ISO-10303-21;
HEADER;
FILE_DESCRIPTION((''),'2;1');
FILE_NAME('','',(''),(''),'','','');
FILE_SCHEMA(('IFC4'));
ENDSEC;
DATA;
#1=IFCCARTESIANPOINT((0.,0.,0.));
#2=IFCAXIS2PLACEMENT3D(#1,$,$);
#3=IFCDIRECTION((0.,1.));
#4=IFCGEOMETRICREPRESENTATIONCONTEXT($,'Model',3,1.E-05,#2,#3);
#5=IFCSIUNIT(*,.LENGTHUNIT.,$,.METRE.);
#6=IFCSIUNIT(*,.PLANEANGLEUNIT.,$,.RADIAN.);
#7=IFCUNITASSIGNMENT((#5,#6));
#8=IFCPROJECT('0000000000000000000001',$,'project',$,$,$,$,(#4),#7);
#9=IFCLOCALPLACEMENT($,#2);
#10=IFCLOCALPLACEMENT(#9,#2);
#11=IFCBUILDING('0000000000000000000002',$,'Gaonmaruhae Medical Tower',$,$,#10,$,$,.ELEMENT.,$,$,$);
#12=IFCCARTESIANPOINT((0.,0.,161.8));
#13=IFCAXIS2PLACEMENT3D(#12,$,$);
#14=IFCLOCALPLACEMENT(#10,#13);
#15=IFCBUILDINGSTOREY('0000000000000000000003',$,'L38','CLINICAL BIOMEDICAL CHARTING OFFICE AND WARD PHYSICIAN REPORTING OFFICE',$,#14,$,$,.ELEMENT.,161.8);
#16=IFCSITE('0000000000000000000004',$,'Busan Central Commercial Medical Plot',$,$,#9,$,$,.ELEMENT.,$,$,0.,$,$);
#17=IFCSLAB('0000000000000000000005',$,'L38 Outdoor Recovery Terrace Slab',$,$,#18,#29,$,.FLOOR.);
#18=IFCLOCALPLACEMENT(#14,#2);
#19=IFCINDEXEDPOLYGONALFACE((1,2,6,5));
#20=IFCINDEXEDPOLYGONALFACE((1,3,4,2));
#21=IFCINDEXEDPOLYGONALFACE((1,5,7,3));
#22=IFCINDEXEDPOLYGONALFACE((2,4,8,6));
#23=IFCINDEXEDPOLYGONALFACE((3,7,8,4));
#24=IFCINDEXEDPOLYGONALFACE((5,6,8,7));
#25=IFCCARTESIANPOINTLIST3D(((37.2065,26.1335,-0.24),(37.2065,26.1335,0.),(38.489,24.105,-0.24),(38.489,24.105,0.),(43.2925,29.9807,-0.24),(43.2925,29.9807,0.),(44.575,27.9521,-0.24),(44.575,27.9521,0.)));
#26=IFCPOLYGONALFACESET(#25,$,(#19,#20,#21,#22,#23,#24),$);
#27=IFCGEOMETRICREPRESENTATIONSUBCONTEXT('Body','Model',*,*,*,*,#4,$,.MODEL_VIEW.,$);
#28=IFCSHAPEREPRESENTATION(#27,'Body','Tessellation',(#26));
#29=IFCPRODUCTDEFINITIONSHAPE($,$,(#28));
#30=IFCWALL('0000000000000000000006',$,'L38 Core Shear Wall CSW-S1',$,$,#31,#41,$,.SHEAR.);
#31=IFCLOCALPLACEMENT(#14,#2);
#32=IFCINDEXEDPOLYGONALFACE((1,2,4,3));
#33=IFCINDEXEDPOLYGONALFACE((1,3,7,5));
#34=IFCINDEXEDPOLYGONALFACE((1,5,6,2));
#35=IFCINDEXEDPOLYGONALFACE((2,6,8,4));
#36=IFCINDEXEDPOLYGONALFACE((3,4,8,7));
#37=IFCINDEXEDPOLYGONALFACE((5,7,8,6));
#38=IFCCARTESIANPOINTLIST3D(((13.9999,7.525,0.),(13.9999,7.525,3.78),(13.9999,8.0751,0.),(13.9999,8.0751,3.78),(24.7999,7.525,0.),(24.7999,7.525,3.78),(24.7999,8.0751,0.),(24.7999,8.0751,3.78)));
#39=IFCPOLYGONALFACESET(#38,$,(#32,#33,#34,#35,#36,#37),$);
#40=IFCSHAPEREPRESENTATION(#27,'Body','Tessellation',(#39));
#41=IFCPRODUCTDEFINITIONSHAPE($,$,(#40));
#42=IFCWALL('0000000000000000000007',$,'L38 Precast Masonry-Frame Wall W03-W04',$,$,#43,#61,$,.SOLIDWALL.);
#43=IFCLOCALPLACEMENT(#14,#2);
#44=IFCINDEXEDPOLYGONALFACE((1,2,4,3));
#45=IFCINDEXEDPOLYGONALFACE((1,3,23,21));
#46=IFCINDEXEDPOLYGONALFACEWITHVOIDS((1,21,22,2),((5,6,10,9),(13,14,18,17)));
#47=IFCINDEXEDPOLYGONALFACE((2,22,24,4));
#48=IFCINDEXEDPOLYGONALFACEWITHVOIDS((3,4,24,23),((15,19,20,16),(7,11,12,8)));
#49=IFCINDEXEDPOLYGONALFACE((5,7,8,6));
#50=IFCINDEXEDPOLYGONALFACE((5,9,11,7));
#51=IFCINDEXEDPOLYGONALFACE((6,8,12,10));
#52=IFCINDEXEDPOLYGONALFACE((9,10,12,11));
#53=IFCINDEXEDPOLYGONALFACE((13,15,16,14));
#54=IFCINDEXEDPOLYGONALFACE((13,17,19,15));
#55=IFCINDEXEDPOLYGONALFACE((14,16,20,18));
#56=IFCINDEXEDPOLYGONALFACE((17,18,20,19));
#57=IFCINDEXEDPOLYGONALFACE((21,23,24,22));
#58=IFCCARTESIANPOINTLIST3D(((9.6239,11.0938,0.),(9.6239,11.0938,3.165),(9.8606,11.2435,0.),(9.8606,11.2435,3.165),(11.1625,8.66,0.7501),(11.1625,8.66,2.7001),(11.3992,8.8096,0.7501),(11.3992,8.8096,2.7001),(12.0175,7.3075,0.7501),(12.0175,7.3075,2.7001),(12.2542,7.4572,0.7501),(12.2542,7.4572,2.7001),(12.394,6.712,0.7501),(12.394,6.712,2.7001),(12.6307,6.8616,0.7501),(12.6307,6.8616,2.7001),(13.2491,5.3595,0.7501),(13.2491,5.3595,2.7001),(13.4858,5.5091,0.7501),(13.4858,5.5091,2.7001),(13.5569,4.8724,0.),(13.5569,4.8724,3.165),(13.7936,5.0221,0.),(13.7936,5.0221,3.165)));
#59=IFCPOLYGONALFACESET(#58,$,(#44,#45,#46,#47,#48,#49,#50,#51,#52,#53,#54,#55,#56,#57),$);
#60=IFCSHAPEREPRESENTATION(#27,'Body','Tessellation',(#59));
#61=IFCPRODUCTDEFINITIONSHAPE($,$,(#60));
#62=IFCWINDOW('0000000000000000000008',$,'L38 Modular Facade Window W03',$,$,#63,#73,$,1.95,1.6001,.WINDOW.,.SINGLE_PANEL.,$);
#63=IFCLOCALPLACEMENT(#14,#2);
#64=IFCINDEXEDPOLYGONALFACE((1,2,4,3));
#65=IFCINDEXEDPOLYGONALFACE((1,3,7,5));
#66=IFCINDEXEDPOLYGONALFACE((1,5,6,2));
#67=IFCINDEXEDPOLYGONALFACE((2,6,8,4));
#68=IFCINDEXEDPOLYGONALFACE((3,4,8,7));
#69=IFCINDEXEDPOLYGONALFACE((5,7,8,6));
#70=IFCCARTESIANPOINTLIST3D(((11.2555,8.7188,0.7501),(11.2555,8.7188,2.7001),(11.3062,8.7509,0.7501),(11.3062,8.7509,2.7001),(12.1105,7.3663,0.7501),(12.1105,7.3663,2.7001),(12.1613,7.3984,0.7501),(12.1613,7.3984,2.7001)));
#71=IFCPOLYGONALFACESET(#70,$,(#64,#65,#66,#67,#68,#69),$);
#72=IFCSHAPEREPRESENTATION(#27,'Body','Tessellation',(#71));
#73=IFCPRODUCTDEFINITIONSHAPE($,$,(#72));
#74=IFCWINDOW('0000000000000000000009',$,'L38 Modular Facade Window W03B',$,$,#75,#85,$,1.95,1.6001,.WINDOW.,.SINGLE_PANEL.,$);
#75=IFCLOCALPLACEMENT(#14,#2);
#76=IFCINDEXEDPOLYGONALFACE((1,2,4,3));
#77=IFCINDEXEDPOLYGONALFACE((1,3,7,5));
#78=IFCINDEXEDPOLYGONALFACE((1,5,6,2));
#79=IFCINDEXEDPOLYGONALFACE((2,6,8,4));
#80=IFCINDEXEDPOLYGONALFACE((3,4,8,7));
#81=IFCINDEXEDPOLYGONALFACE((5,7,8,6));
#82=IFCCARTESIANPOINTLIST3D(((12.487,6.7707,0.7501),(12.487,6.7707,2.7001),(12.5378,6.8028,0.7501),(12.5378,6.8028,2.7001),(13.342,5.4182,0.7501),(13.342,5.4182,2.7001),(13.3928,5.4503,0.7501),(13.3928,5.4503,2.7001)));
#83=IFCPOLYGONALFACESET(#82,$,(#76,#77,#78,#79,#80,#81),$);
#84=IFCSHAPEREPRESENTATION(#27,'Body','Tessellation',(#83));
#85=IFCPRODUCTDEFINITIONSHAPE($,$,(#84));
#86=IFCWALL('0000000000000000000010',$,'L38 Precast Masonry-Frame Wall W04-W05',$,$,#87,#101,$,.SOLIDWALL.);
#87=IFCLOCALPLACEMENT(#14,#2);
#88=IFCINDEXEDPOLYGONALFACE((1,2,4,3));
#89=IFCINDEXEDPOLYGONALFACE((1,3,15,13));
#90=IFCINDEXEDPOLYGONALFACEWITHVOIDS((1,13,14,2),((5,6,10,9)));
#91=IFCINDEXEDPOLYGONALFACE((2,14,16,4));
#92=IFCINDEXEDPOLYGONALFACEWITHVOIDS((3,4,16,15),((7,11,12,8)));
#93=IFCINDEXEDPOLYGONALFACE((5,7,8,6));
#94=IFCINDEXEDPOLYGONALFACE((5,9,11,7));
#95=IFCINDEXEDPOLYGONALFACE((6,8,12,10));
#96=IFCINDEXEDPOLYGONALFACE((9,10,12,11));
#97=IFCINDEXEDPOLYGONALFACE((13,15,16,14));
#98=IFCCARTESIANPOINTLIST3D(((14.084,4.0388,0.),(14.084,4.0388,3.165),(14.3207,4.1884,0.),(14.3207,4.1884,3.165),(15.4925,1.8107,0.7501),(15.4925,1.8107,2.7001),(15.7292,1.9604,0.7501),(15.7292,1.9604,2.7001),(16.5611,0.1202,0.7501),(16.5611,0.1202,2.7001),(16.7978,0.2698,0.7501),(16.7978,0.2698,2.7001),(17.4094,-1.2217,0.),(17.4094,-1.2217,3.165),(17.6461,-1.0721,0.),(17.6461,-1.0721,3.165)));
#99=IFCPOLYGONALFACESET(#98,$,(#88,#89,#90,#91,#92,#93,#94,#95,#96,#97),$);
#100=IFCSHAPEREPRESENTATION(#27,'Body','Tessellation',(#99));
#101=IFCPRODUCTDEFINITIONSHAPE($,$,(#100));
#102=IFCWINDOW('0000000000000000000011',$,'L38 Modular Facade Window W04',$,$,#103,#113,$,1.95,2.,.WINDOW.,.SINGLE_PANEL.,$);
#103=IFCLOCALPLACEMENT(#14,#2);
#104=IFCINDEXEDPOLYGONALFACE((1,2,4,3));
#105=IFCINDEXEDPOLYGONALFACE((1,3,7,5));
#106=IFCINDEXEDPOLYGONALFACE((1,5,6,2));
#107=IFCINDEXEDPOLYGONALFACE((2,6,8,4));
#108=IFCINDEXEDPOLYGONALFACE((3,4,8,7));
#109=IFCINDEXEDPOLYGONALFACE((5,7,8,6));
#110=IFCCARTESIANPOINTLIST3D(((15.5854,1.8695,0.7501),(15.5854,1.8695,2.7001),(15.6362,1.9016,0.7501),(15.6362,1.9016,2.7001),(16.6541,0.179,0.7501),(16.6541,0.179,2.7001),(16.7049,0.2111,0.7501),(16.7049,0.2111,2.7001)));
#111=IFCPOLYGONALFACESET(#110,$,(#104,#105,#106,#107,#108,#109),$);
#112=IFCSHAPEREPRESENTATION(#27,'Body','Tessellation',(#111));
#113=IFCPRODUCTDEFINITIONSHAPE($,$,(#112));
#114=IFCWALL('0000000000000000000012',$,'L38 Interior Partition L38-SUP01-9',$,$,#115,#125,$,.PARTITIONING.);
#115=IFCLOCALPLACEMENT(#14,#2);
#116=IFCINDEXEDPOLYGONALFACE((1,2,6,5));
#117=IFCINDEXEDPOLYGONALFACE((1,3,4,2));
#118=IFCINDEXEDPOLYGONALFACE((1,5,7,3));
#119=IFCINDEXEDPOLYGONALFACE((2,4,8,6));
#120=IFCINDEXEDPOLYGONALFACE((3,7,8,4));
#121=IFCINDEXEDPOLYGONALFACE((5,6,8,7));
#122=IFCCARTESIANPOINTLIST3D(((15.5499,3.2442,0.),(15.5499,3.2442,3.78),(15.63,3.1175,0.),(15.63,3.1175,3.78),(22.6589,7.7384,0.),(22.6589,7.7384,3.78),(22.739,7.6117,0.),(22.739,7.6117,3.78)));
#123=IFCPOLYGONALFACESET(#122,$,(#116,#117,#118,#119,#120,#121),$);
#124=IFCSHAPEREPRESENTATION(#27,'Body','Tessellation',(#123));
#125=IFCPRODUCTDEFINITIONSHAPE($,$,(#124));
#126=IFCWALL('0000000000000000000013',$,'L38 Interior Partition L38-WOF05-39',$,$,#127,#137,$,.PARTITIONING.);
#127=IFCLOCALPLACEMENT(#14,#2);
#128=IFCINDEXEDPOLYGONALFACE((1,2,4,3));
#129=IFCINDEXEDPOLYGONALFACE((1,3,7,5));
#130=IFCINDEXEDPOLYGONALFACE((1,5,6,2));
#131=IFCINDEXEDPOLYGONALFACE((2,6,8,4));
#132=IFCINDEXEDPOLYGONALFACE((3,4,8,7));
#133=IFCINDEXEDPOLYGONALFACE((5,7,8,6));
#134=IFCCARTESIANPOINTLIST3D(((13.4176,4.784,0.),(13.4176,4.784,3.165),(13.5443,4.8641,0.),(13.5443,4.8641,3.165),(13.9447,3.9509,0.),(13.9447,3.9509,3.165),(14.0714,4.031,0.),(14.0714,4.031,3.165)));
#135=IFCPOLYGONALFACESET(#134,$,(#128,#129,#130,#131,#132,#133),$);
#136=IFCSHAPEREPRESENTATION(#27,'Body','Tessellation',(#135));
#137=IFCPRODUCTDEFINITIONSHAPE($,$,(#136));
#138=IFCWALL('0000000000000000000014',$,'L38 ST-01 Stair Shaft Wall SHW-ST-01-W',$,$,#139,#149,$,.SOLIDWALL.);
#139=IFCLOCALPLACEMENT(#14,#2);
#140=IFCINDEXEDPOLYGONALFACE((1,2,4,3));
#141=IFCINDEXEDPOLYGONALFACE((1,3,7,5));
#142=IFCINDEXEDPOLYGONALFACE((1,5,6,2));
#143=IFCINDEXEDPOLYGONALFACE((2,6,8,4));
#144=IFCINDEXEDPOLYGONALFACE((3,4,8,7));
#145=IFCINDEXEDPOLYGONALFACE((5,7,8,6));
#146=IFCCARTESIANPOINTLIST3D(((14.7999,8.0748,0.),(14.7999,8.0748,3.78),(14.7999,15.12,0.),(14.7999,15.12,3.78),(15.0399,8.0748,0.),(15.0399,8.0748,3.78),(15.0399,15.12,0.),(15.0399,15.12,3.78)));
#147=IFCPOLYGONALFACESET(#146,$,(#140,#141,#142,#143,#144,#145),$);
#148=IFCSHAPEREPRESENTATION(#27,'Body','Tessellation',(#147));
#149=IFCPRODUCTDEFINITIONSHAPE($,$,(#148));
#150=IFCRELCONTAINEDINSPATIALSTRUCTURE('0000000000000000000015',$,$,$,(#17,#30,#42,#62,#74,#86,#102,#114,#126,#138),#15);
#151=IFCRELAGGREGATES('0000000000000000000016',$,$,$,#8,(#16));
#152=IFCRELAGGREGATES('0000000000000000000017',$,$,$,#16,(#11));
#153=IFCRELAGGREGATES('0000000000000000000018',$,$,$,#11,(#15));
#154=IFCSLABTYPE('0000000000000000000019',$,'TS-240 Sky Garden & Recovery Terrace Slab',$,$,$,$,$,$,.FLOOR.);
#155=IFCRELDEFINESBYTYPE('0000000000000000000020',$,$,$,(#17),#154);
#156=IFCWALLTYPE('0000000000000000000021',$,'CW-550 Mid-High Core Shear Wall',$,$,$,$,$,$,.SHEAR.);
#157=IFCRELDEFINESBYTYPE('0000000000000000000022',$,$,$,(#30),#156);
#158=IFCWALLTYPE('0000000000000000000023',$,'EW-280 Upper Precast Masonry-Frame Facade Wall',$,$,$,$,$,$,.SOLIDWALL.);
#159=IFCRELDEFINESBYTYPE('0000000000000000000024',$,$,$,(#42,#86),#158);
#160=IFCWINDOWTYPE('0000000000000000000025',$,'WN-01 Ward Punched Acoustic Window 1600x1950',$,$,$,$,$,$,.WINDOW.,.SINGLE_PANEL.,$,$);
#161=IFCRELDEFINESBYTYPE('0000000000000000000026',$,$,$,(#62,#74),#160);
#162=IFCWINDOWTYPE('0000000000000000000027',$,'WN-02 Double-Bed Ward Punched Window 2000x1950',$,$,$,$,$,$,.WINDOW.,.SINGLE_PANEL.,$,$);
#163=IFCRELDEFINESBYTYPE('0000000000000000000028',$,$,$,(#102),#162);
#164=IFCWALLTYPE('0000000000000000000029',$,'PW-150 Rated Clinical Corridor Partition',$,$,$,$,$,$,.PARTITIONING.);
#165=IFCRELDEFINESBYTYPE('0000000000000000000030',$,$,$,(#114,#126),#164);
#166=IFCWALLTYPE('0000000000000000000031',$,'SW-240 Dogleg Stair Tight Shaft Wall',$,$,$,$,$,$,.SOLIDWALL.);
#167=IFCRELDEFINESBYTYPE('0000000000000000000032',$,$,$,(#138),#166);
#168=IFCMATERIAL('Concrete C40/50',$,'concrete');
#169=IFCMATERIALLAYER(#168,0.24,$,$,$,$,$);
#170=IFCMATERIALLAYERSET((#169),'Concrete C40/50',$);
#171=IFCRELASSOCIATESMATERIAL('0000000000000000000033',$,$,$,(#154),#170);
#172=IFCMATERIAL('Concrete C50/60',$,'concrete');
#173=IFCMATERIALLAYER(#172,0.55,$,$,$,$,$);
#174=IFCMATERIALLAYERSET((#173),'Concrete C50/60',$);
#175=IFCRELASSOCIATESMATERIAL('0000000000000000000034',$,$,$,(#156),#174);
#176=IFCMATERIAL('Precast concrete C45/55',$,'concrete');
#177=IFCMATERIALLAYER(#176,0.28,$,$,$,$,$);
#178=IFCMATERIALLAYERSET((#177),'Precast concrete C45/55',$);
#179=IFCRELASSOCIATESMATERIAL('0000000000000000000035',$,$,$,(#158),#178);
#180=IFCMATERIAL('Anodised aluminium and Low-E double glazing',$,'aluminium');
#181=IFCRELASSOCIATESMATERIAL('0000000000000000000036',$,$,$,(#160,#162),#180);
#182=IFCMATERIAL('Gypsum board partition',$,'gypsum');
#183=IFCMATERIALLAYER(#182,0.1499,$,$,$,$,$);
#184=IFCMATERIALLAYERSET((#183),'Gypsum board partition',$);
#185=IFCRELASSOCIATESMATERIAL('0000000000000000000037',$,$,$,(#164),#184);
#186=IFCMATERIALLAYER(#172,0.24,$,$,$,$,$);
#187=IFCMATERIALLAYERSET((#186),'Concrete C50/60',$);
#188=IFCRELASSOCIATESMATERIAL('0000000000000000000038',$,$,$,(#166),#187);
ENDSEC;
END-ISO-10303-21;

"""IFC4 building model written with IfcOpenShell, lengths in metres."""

from ifc_helpers import new_model, si_unit, direction, frame, frame_2d, origin, place, context, subcontext, project, spatial, polyline, rectangle, outline, extrude, material, layer, layer_set, type_object, element, fill, save


model = new_model("IFC4")

# Units and contexts
model_context = context("Model", 3, precision=1e-05, world=origin(), true_north=direction((0.0, 1.0)))
body_context = subcontext(model_context, "Body", "Model", "MODEL_VIEW")
ifc_project = project(units=[si_unit("LENGTHUNIT", "METRE"), si_unit("PLANEANGLEUNIT", "RADIAN")], contexts=[model_context])

# Site, building, storey
site_placement = place(None, origin())
site = spatial("IfcSite", under=ifc_project, at=site_placement, Name="Busan Central Commercial Medical Plot", CompositionType="ELEMENT", RefElevation=0.0)
building_placement = place(site_placement, origin())
building = spatial("IfcBuilding", under=site, at=building_placement, Name="Gaonmaruhae Medical Tower", CompositionType="ELEMENT")
storey_placement = place(building_placement, frame((0.0, 0.0, 161.8)))
storey = spatial("IfcBuildingStorey", under=building, at=storey_placement, Name="L38", Description="CLINICAL BIOMEDICAL CHARTING OFFICE AND WARD PHYSICIAN REPORTING OFFICE", CompositionType="ELEMENT", Elevation=161.8)

# Shared definitions
ifc_material_1 = material(Name="Concrete C50/60", Category="concrete")

# Shared definitions
ifc_material_2 = material(Name="Concrete C40/50", Category="concrete")

# Slab
ifc_layer_1 = layer(ifc_material_2, 0.24)
ifc_layer_set_1 = layer_set([ifc_layer_1], Name="Concrete C40/50")
slab_type_1 = type_object("IfcSlabType", Name="TS-240 Sky Garden & Recovery Terrace Slab", PredefinedType="FLOOR", material=ifc_layer_set_1)
slab_1_placement = place(storey_placement, frame((0.0, 0.0, -0.24)))
element("IfcSlab", 1, at=slab_1_placement, inside=storey, type_object=slab_type_1, Name="L38 Outdoor Recovery Terrace Slab", PredefinedType="FLOOR", context=body_context, shape_type="SweptSolid", body=[
    extrude(outline(polyline([(38.489, 24.105), (44.575, 27.9521), (43.2925, 29.9807), (37.2065, 26.1335), (38.489, 24.105)])), origin(), (0.0, 0.0, 1.0), 0.24),
])

# Wall
ifc_layer_2 = layer(ifc_material_1, 0.55)
ifc_layer_set_2 = layer_set([ifc_layer_2], Name="Concrete C50/60")
wall_type_1 = type_object("IfcWallType", Name="CW-550 Mid-High Core Shear Wall", PredefinedType="SHEAR", material=ifc_layer_set_2)
wall_1_placement = place(storey_placement, frame((14.0, 7.8, 0.0), z_axis=(0.0, 0.0, 1.0), x_axis=(1.0, 0.0, 0.0)))
element("IfcWall", 2, at=wall_1_placement, inside=storey, type_object=wall_type_1, Name="L38 Core Shear Wall CSW-S1", PredefinedType="SHEAR", context=body_context, shape_type="SweptSolid", body=[
    extrude(rectangle(XDim=10.8, YDim=0.55, at=frame_2d((5.3999, 0.0))), origin(), (0.0, 0.0, 1.0), 3.78),
])

# Wall, openings, windows
ifc_material_3 = material(Name="Precast concrete C45/55", Category="concrete")
ifc_layer_3 = layer(ifc_material_3, 0.28)
ifc_layer_set_3 = layer_set([ifc_layer_3], Name="Precast concrete C45/55")
wall_type_2 = type_object("IfcWallType", Name="EW-280 Upper Precast Masonry-Frame Facade Wall", PredefinedType="SOLIDWALL", material=ifc_layer_set_3)
wall_2_placement = place(storey_placement, frame((13.6753, 4.9473, 0.0), z_axis=(0.0, 0.0, 1.0), x_axis=(-0.53436, 0.845257, 0.0)))
wall_2 = element("IfcWall", 3, at=wall_2_placement, inside=storey, type_object=wall_type_2, Name="L38 Precast Masonry-Frame Wall W03-W04", PredefinedType="SOLIDWALL", context=body_context, shape_type="SweptSolid", body=[
    extrude(rectangle(XDim=7.3604, YDim=0.28, at=frame_2d((3.6802, 0.0))), origin(), (0.0, 0.0, 1.0), 3.165),
])
opening_1_placement = place(wall_2_placement, frame((2.8809, 0.0, 0.75)))
opening_1 = element("IfcOpeningElement", 4, at=opening_1_placement, cuts=wall_2, PredefinedType="OPENING", context=body_context, shape_type="SweptSolid", body=[
    extrude(rectangle(XDim=1.6001, YDim=1.95, at=frame_2d((0.8, 0.9751))), frame((0.0, 0.1499, 0.0), z_axis=(0.0, -1.0, 0.0), x_axis=(1.0, 0.0, 0.0)), (0.0, 0.0, 1.0), 0.3),
])
opening_2_placement = place(wall_2_placement, frame((0.5762, 0.0, 0.75)))
opening_2 = element("IfcOpeningElement", 5, at=opening_2_placement, cuts=wall_2, PredefinedType="OPENING", context=body_context, shape_type="SweptSolid", body=[
    extrude(rectangle(XDim=1.6001, YDim=1.95, at=frame_2d((0.8, 0.9751))), frame((0.0, 0.1499, 0.0), z_axis=(0.0, -1.0, 0.0), x_axis=(1.0, 0.0, 0.0)), (0.0, 0.0, 1.0), 0.3),
])
ifc_material_4 = material(Name="Anodised aluminium and Low-E double glazing", Category="aluminium")
window_type_1 = type_object("IfcWindowType", Name="WN-01 Ward Punched Acoustic Window 1600x1950", PartitioningType="SINGLE_PANEL", PredefinedType="WINDOW", material=ifc_material_4)
window_1_placement = place(opening_1_placement, origin())
window_1 = element("IfcWindow", 6, at=window_1_placement, inside=storey, type_object=window_type_1, Name="L38 Modular Facade Window W03", OverallHeight=1.95, OverallWidth=1.6001, PartitioningType="SINGLE_PANEL", PredefinedType="WINDOW", context=body_context, shape_type="SweptSolid", body=[
    extrude(rectangle(XDim=1.6001, YDim=1.95, at=frame_2d((0.8, 0.9751))), frame((0.0, 0.03, 0.0), z_axis=(0.0, -1.0, 0.0), x_axis=(1.0, 0.0, 0.0)), (0.0, 0.0, 1.0), 0.0601),
])
fill(opening_1, window_1)
window_2_placement = place(opening_2_placement, origin())
window_2 = element("IfcWindow", 7, at=window_2_placement, inside=storey, type_object=window_type_1, Name="L38 Modular Facade Window W03B", OverallHeight=1.95, OverallWidth=1.6001, PartitioningType="SINGLE_PANEL", PredefinedType="WINDOW", context=body_context, shape_type="SweptSolid", body=[
    extrude(rectangle(XDim=1.6001, YDim=1.95, at=frame_2d((0.8, 0.9751))), frame((0.0, 0.03, 0.0), z_axis=(0.0, -1.0, 0.0), x_axis=(1.0, 0.0, 0.0)), (0.0, 0.0, 1.0), 0.0601),
])
fill(opening_2, window_2)

# Wall, opening, window
wall_3_placement = place(storey_placement, frame((17.5278, -1.147, 0.0), z_axis=(0.0, 0.0, 1.0), x_axis=(-0.53434, 0.84527, 0.0)))
wall_3 = element("IfcWall", 8, at=wall_3_placement, inside=storey, type_object=wall_type_2, Name="L38 Precast Masonry-Frame Wall W04-W05", PredefinedType="SOLIDWALL", context=body_context, shape_type="SweptSolid", body=[
    extrude(rectangle(XDim=6.2234, YDim=0.28, at=frame_2d((3.1118, 0.0))), origin(), (0.0, 0.0, 1.0), 3.165),
])
opening_3_placement = place(wall_3_placement, frame((1.5876, 0.0, 0.75)))
opening_3 = element("IfcOpeningElement", 9, at=opening_3_placement, cuts=wall_3, PredefinedType="OPENING", context=body_context, shape_type="SweptSolid", body=[
    extrude(rectangle(XDim=2.0, YDim=1.95, at=frame_2d((1.0, 0.9751))), frame((0.0, 0.1499, 0.0), z_axis=(0.0, -1.0, 0.0), x_axis=(1.0, 0.0, 0.0)), (0.0, 0.0, 1.0), 0.3),
])
window_type_2 = type_object("IfcWindowType", Name="WN-02 Double-Bed Ward Punched Window 2000x1950", PartitioningType="SINGLE_PANEL", PredefinedType="WINDOW", material=ifc_material_4)
window_3_placement = place(opening_3_placement, origin())
window_3 = element("IfcWindow", 10, at=window_3_placement, inside=storey, type_object=window_type_2, Name="L38 Modular Facade Window W04", OverallHeight=1.95, OverallWidth=2.0, PartitioningType="SINGLE_PANEL", PredefinedType="WINDOW", context=body_context, shape_type="SweptSolid", body=[
    extrude(rectangle(XDim=2.0, YDim=1.95, at=frame_2d((1.0, 0.9751))), frame((0.0, 0.03, 0.0), z_axis=(0.0, -1.0, 0.0), x_axis=(1.0, 0.0, 0.0)), (0.0, 0.0, 1.0), 0.0601),
])
fill(opening_3, window_3)

# Walls
ifc_material_5 = material(Name="Gypsum board partition", Category="gypsum")
ifc_layer_4 = layer(ifc_material_5, 0.1499)
ifc_layer_set_4 = layer_set([ifc_layer_4], Name="Gypsum board partition")
wall_type_3 = type_object("IfcWallType", Name="PW-150 Rated Clinical Corridor Partition", PredefinedType="PARTITIONING", material=ifc_layer_set_4)
wall_4_placement = place(storey_placement, frame((15.5901, 3.1809, 0.0), z_axis=(0.0, 0.0, 1.0), x_axis=(0.845257, 0.53436, 0.0)))
element("IfcWall", 11, at=wall_4_placement, inside=storey, type_object=wall_type_3, Name="L38 Interior Partition L38-SUP01-9", PredefinedType="PARTITIONING", context=body_context, shape_type="SweptSolid", body=[
    extrude(rectangle(XDim=8.4104, YDim=0.1499, at=frame_2d((4.2051, 0.0))), origin(), (0.0, 0.0, 1.0), 3.78),
])
wall_5_placement = place(storey_placement, frame((14.0081, 3.991, 0.0), z_axis=(0.0, 0.0, 1.0), x_axis=(-0.53471, 0.845035, 0.0)))
element("IfcWall", 12, at=wall_5_placement, inside=storey, type_object=wall_type_3, Name="L38 Interior Partition L38-WOF05-39", PredefinedType="PARTITIONING", context=body_context, shape_type="SweptSolid", body=[
    extrude(rectangle(XDim=0.9858, YDim=0.1499, at=frame_2d((0.4929, 0.0))), origin(), (0.0, 0.0, 1.0), 3.165),
])
ifc_layer_5 = layer(ifc_material_1, 0.24)
ifc_layer_set_5 = layer_set([ifc_layer_5], Name="Concrete C50/60")
wall_type_4 = type_object("IfcWallType", Name="SW-240 Dogleg Stair Tight Shaft Wall", PredefinedType="SOLIDWALL", material=ifc_layer_set_5)
wall_6_placement = place(storey_placement, frame((14.9199, 8.075, 0.0), z_axis=(0.0, 0.0, 1.0), x_axis=(0.0, 1.0, 0.0)))
element("IfcWall", 13, at=wall_6_placement, inside=storey, type_object=wall_type_4, Name="L38 ST-01 Stair Shaft Wall SHW-ST-01-W", PredefinedType="SOLIDWALL", context=body_context, shape_type="SweptSolid", body=[
    extrude(rectangle(XDim=7.0452, YDim=0.24, at=frame_2d((3.5225, 0.0))), origin(), (0.0, 0.0, 1.0), 3.78),
])

save(model, "model.ifc")
